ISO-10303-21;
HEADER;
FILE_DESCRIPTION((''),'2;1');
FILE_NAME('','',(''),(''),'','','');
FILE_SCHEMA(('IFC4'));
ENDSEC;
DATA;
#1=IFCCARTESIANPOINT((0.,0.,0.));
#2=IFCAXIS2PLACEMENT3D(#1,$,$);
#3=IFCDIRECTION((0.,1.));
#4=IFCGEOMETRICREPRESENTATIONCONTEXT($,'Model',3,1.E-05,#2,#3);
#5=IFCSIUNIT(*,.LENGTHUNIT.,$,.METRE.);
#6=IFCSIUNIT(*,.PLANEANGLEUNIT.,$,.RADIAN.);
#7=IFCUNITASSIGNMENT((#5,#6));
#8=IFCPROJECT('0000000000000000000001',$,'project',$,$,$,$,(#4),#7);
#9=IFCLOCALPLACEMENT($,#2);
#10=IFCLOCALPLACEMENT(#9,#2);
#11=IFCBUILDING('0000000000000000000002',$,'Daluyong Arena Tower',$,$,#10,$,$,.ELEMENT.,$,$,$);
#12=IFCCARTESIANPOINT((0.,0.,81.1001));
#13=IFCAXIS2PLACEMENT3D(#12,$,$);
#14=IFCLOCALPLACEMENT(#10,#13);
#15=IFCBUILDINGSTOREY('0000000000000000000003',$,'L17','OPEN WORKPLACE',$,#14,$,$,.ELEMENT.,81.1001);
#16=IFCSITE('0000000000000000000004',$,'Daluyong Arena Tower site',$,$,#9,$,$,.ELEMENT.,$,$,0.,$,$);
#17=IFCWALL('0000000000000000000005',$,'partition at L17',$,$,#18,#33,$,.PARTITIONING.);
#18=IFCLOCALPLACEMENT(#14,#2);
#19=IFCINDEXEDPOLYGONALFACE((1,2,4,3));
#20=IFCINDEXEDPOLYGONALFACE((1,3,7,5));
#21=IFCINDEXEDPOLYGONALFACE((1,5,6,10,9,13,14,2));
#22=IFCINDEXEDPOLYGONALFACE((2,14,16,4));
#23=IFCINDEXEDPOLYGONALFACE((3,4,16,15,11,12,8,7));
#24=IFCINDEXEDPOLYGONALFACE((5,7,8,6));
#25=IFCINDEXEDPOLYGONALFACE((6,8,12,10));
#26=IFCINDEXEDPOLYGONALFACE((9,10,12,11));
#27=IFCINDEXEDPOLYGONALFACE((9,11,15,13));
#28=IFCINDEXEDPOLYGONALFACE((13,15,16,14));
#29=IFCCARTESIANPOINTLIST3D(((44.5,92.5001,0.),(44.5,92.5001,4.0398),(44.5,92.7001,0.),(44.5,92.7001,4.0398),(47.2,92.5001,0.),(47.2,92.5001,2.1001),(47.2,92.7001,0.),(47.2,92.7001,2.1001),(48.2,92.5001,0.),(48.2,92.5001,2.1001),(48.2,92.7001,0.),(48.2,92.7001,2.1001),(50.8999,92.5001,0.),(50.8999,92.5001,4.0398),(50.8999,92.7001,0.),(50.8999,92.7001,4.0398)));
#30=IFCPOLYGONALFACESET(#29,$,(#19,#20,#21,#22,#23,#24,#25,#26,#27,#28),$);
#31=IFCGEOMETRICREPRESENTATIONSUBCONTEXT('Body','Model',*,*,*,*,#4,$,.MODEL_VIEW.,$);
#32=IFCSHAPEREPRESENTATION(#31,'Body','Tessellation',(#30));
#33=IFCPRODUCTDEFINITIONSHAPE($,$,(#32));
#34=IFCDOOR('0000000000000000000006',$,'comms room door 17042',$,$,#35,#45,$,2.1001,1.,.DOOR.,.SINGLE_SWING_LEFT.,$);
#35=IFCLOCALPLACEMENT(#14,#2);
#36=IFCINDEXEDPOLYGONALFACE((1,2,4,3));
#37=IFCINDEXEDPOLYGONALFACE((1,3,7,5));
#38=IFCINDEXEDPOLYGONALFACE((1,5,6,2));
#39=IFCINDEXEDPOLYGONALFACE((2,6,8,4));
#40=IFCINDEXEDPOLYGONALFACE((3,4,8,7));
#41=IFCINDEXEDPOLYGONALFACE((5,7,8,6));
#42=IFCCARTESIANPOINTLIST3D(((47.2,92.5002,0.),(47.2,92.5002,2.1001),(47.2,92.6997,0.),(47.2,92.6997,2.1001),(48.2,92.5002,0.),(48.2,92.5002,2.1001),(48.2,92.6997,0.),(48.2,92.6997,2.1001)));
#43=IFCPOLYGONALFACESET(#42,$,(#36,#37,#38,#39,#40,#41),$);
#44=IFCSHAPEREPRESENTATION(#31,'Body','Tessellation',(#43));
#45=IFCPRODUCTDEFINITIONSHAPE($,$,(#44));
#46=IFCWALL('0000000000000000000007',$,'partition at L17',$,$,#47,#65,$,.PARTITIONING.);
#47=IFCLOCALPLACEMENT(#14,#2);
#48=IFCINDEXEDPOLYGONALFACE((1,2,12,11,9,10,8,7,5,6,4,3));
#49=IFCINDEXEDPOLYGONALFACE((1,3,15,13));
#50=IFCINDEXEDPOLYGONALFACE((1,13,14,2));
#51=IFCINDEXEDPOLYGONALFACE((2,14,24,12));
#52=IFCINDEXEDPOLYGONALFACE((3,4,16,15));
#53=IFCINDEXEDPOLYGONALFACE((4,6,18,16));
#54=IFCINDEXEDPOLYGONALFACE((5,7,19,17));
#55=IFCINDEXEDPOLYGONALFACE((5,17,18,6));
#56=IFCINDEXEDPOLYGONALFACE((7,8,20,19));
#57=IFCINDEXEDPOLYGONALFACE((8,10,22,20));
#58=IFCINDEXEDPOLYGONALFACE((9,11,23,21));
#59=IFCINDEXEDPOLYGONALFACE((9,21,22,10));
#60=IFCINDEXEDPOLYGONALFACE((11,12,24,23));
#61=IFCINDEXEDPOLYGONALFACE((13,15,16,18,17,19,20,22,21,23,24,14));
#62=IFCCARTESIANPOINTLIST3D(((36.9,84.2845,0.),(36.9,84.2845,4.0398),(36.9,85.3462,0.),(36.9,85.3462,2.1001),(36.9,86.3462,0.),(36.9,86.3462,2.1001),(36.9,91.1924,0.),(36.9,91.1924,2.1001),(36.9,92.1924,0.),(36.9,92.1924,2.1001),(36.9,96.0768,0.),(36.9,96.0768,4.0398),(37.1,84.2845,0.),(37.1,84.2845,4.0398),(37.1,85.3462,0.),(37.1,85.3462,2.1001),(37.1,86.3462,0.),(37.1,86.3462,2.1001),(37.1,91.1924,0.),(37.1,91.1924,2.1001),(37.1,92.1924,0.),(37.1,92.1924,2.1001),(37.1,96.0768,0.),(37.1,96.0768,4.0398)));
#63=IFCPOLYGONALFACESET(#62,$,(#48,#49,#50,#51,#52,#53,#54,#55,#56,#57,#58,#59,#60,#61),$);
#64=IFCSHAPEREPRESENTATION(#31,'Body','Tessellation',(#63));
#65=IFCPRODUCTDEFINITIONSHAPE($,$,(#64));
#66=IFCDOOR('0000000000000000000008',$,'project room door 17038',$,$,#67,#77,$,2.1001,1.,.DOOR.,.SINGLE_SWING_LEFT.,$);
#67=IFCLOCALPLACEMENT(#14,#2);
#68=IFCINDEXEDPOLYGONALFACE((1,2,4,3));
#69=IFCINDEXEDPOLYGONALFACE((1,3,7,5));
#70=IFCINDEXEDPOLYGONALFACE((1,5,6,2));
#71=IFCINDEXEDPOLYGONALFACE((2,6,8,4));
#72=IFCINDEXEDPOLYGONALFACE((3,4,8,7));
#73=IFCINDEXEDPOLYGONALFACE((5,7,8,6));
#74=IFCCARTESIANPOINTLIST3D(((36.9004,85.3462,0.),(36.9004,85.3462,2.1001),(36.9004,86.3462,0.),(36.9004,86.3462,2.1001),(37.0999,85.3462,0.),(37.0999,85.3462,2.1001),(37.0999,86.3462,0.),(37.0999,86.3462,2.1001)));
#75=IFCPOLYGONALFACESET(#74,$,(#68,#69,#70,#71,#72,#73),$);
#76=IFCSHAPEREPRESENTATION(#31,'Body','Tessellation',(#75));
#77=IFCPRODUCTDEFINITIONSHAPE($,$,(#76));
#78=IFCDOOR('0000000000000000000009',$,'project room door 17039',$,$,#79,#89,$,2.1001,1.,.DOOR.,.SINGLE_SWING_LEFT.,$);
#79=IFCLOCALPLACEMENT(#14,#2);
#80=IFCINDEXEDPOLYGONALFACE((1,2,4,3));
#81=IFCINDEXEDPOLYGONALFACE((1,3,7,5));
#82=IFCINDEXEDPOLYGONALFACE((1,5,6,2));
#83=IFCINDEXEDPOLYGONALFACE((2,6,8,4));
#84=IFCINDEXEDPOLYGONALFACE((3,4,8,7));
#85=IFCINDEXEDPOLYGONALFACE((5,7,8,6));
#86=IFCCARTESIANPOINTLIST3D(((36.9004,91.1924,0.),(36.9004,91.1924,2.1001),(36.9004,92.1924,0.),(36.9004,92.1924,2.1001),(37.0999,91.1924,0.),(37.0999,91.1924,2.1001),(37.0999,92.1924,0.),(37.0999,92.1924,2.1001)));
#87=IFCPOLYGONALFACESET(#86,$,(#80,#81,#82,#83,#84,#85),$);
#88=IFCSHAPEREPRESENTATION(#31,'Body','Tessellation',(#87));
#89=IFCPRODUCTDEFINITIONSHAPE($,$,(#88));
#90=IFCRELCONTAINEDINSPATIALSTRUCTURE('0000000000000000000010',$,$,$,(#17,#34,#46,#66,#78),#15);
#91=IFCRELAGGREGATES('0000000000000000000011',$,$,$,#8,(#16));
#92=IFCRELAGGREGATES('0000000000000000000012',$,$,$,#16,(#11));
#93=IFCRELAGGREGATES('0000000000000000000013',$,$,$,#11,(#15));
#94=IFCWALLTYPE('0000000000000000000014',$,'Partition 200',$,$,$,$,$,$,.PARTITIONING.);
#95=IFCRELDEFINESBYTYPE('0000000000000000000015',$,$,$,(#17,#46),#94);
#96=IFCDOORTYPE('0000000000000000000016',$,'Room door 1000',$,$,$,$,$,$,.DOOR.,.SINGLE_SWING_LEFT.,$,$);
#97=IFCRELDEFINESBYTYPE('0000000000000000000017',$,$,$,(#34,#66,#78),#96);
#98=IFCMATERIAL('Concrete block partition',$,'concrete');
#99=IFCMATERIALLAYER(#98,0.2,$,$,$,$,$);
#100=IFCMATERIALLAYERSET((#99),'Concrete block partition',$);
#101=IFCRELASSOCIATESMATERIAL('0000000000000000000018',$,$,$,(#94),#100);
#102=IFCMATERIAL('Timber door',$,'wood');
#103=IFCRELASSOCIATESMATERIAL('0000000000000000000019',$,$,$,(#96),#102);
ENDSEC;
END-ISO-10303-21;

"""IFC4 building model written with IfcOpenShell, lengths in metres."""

from ifc_helpers import new_model, si_unit, direction, frame, frame_2d, origin, place, context, subcontext, project, spatial, rectangle, extrude, material, layer, layer_set, type_object, element, fill, save


model = new_model("IFC4")

# Units and contexts
model_context = context("Model", 3, precision=1e-05, world=origin(), true_north=direction((0.0, 1.0)))
body_context = subcontext(model_context, "Body", "Model", "MODEL_VIEW")
ifc_project = project(units=[si_unit("LENGTHUNIT", "METRE"), si_unit("PLANEANGLEUNIT", "RADIAN")], contexts=[model_context])

# Site, building, storey
site_placement = place(None, origin())
site = spatial("IfcSite", under=ifc_project, at=site_placement, Name="Daluyong Arena Tower site", CompositionType="ELEMENT", RefElevation=0.0)
building_placement = place(site_placement, origin())
building = spatial("IfcBuilding", under=site, at=building_placement, Name="Daluyong Arena Tower", CompositionType="ELEMENT")
storey_placement = place(building_placement, frame((0.0, 0.0, 81.1001)))
storey = spatial("IfcBuildingStorey", under=building, at=storey_placement, Name="L17", Description="OPEN WORKPLACE", CompositionType="ELEMENT", Elevation=81.1001)

# Shared definitions
ifc_material_1 = material(Name="Concrete block partition", Category="concrete")
ifc_layer_1 = layer(ifc_material_1, 0.2)
ifc_layer_set_1 = layer_set([ifc_layer_1], Name="Concrete block partition")
wall_type_1 = type_object("IfcWallType", Name="Partition 200", PredefinedType="PARTITIONING", material=ifc_layer_set_1)

# Wall, opening, door
wall_1_placement = place(storey_placement, frame((44.5, 92.6001, 0.0), z_axis=(0.0, 0.0, 1.0), x_axis=(1.0, 0.0, 0.0)))
wall_1 = element("IfcWall", 1, at=wall_1_placement, inside=storey, type_object=wall_type_1, Name="partition at L17", PredefinedType="PARTITIONING", context=body_context, shape_type="SweptSolid", body=[
    extrude(rectangle(XDim=6.3999, YDim=0.2, at=frame_2d((3.2, 0.0))), origin(), (0.0, 0.0, 1.0), 4.0398),
])
opening_1_placement = place(wall_1_placement, frame((2.7, 0.0, 0.0)))
opening_1 = element("IfcOpeningElement", 2, at=opening_1_placement, cuts=wall_1, PredefinedType="OPENING", context=body_context, shape_type="SweptSolid", body=[
    extrude(rectangle(XDim=1.0, YDim=2.1001, at=frame_2d((0.5, 1.05))), frame((0.0, 0.1099, 0.0), z_axis=(0.0, -1.0, 0.0), x_axis=(1.0, 0.0, 0.0)), (0.0, 0.0, 1.0), 0.22),
])
ifc_material_2 = material(Name="Timber door", Category="wood")
door_type_1 = type_object("IfcDoorType", Name="Room door 1000", OperationType="SINGLE_SWING_LEFT", PredefinedType="DOOR", material=ifc_material_2)
door_1_placement = place(opening_1_placement, origin())
door_1 = element("IfcDoor", 3, at=door_1_placement, inside=storey, type_object=door_type_1, Name="comms room door 17042", OperationType="SINGLE_SWING_LEFT", OverallHeight=2.1001, OverallWidth=1.0, PredefinedType="DOOR", context=body_context, shape_type="SweptSolid", body=[
    extrude(rectangle(XDim=1.0, YDim=2.1001, at=frame_2d((0.5, 1.05))), frame((0.0, 0.0996, 0.0), z_axis=(0.0, -1.0, 0.0), x_axis=(1.0, 0.0, 0.0)), (0.0, 0.0, 1.0), 0.1995),
])
fill(opening_1, door_1)

# Wall, openings, doors
wall_2_placement = place(storey_placement, frame((37.0, 84.2847, 0.0), z_axis=(0.0, 0.0, 1.0), x_axis=(0.0, 1.0, 0.0)))
wall_2 = element("IfcWall", 4, at=wall_2_placement, inside=storey, type_object=wall_type_1, Name="partition at L17", PredefinedType="PARTITIONING", context=body_context, shape_type="SweptSolid", body=[
    extrude(rectangle(XDim=11.7922, YDim=0.2, at=frame_2d((5.896, 0.0))), origin(), (0.0, 0.0, 1.0), 4.0398),
])
opening_2_placement = place(wall_2_placement, frame((1.0615, 0.0, 0.0)))
opening_2 = element("IfcOpeningElement", 5, at=opening_2_placement, cuts=wall_2, PredefinedType="OPENING", context=body_context, shape_type="SweptSolid", body=[
    extrude(rectangle(XDim=1.0, YDim=2.1001, at=frame_2d((0.5, 1.05))), frame((0.0, 0.1099, 0.0), z_axis=(0.0, -1.0, 0.0), x_axis=(1.0, 0.0, 0.0)), (0.0, 0.0, 1.0), 0.22),
])
opening_3_placement = place(wall_2_placement, frame((6.9077, 0.0, 0.0)))
opening_3 = element("IfcOpeningElement", 6, at=opening_3_placement, cuts=wall_2, PredefinedType="OPENING", context=body_context, shape_type="SweptSolid", body=[
    extrude(rectangle(XDim=1.0, YDim=2.1001, at=frame_2d((0.5, 1.05))), frame((0.0, 0.1099, 0.0), z_axis=(0.0, -1.0, 0.0), x_axis=(1.0, 0.0, 0.0)), (0.0, 0.0, 1.0), 0.22),
])
door_2_placement = place(opening_2_placement, origin())
door_2 = element("IfcDoor", 7, at=door_2_placement, inside=storey, type_object=door_type_1, Name="project room door 17038", OperationType="SINGLE_SWING_LEFT", OverallHeight=2.1001, OverallWidth=1.0, PredefinedType="DOOR", context=body_context, shape_type="SweptSolid", body=[
    extrude(rectangle(XDim=1.0, YDim=2.1001, at=frame_2d((0.5, 1.05))), frame((0.0, 0.0996, 0.0), z_axis=(0.0, -1.0, 0.0), x_axis=(1.0, 0.0, 0.0)), (0.0, 0.0, 1.0), 0.1995),
])
fill(opening_2, door_2)
door_3_placement = place(opening_3_placement, origin())
door_3 = element("IfcDoor", 8, at=door_3_placement, inside=storey, type_object=door_type_1, Name="project room door 17039", OperationType="SINGLE_SWING_LEFT", OverallHeight=2.1001, OverallWidth=1.0, PredefinedType="DOOR", context=body_context, shape_type="SweptSolid", body=[
    extrude(rectangle(XDim=1.0, YDim=2.1001, at=frame_2d((0.5, 1.05))), frame((0.0, 0.0996, 0.0), z_axis=(0.0, -1.0, 0.0), x_axis=(1.0, 0.0, 0.0)), (0.0, 0.0, 1.0), 0.1995),
])
fill(opening_3, door_3)

save(model, "model.ifc")
